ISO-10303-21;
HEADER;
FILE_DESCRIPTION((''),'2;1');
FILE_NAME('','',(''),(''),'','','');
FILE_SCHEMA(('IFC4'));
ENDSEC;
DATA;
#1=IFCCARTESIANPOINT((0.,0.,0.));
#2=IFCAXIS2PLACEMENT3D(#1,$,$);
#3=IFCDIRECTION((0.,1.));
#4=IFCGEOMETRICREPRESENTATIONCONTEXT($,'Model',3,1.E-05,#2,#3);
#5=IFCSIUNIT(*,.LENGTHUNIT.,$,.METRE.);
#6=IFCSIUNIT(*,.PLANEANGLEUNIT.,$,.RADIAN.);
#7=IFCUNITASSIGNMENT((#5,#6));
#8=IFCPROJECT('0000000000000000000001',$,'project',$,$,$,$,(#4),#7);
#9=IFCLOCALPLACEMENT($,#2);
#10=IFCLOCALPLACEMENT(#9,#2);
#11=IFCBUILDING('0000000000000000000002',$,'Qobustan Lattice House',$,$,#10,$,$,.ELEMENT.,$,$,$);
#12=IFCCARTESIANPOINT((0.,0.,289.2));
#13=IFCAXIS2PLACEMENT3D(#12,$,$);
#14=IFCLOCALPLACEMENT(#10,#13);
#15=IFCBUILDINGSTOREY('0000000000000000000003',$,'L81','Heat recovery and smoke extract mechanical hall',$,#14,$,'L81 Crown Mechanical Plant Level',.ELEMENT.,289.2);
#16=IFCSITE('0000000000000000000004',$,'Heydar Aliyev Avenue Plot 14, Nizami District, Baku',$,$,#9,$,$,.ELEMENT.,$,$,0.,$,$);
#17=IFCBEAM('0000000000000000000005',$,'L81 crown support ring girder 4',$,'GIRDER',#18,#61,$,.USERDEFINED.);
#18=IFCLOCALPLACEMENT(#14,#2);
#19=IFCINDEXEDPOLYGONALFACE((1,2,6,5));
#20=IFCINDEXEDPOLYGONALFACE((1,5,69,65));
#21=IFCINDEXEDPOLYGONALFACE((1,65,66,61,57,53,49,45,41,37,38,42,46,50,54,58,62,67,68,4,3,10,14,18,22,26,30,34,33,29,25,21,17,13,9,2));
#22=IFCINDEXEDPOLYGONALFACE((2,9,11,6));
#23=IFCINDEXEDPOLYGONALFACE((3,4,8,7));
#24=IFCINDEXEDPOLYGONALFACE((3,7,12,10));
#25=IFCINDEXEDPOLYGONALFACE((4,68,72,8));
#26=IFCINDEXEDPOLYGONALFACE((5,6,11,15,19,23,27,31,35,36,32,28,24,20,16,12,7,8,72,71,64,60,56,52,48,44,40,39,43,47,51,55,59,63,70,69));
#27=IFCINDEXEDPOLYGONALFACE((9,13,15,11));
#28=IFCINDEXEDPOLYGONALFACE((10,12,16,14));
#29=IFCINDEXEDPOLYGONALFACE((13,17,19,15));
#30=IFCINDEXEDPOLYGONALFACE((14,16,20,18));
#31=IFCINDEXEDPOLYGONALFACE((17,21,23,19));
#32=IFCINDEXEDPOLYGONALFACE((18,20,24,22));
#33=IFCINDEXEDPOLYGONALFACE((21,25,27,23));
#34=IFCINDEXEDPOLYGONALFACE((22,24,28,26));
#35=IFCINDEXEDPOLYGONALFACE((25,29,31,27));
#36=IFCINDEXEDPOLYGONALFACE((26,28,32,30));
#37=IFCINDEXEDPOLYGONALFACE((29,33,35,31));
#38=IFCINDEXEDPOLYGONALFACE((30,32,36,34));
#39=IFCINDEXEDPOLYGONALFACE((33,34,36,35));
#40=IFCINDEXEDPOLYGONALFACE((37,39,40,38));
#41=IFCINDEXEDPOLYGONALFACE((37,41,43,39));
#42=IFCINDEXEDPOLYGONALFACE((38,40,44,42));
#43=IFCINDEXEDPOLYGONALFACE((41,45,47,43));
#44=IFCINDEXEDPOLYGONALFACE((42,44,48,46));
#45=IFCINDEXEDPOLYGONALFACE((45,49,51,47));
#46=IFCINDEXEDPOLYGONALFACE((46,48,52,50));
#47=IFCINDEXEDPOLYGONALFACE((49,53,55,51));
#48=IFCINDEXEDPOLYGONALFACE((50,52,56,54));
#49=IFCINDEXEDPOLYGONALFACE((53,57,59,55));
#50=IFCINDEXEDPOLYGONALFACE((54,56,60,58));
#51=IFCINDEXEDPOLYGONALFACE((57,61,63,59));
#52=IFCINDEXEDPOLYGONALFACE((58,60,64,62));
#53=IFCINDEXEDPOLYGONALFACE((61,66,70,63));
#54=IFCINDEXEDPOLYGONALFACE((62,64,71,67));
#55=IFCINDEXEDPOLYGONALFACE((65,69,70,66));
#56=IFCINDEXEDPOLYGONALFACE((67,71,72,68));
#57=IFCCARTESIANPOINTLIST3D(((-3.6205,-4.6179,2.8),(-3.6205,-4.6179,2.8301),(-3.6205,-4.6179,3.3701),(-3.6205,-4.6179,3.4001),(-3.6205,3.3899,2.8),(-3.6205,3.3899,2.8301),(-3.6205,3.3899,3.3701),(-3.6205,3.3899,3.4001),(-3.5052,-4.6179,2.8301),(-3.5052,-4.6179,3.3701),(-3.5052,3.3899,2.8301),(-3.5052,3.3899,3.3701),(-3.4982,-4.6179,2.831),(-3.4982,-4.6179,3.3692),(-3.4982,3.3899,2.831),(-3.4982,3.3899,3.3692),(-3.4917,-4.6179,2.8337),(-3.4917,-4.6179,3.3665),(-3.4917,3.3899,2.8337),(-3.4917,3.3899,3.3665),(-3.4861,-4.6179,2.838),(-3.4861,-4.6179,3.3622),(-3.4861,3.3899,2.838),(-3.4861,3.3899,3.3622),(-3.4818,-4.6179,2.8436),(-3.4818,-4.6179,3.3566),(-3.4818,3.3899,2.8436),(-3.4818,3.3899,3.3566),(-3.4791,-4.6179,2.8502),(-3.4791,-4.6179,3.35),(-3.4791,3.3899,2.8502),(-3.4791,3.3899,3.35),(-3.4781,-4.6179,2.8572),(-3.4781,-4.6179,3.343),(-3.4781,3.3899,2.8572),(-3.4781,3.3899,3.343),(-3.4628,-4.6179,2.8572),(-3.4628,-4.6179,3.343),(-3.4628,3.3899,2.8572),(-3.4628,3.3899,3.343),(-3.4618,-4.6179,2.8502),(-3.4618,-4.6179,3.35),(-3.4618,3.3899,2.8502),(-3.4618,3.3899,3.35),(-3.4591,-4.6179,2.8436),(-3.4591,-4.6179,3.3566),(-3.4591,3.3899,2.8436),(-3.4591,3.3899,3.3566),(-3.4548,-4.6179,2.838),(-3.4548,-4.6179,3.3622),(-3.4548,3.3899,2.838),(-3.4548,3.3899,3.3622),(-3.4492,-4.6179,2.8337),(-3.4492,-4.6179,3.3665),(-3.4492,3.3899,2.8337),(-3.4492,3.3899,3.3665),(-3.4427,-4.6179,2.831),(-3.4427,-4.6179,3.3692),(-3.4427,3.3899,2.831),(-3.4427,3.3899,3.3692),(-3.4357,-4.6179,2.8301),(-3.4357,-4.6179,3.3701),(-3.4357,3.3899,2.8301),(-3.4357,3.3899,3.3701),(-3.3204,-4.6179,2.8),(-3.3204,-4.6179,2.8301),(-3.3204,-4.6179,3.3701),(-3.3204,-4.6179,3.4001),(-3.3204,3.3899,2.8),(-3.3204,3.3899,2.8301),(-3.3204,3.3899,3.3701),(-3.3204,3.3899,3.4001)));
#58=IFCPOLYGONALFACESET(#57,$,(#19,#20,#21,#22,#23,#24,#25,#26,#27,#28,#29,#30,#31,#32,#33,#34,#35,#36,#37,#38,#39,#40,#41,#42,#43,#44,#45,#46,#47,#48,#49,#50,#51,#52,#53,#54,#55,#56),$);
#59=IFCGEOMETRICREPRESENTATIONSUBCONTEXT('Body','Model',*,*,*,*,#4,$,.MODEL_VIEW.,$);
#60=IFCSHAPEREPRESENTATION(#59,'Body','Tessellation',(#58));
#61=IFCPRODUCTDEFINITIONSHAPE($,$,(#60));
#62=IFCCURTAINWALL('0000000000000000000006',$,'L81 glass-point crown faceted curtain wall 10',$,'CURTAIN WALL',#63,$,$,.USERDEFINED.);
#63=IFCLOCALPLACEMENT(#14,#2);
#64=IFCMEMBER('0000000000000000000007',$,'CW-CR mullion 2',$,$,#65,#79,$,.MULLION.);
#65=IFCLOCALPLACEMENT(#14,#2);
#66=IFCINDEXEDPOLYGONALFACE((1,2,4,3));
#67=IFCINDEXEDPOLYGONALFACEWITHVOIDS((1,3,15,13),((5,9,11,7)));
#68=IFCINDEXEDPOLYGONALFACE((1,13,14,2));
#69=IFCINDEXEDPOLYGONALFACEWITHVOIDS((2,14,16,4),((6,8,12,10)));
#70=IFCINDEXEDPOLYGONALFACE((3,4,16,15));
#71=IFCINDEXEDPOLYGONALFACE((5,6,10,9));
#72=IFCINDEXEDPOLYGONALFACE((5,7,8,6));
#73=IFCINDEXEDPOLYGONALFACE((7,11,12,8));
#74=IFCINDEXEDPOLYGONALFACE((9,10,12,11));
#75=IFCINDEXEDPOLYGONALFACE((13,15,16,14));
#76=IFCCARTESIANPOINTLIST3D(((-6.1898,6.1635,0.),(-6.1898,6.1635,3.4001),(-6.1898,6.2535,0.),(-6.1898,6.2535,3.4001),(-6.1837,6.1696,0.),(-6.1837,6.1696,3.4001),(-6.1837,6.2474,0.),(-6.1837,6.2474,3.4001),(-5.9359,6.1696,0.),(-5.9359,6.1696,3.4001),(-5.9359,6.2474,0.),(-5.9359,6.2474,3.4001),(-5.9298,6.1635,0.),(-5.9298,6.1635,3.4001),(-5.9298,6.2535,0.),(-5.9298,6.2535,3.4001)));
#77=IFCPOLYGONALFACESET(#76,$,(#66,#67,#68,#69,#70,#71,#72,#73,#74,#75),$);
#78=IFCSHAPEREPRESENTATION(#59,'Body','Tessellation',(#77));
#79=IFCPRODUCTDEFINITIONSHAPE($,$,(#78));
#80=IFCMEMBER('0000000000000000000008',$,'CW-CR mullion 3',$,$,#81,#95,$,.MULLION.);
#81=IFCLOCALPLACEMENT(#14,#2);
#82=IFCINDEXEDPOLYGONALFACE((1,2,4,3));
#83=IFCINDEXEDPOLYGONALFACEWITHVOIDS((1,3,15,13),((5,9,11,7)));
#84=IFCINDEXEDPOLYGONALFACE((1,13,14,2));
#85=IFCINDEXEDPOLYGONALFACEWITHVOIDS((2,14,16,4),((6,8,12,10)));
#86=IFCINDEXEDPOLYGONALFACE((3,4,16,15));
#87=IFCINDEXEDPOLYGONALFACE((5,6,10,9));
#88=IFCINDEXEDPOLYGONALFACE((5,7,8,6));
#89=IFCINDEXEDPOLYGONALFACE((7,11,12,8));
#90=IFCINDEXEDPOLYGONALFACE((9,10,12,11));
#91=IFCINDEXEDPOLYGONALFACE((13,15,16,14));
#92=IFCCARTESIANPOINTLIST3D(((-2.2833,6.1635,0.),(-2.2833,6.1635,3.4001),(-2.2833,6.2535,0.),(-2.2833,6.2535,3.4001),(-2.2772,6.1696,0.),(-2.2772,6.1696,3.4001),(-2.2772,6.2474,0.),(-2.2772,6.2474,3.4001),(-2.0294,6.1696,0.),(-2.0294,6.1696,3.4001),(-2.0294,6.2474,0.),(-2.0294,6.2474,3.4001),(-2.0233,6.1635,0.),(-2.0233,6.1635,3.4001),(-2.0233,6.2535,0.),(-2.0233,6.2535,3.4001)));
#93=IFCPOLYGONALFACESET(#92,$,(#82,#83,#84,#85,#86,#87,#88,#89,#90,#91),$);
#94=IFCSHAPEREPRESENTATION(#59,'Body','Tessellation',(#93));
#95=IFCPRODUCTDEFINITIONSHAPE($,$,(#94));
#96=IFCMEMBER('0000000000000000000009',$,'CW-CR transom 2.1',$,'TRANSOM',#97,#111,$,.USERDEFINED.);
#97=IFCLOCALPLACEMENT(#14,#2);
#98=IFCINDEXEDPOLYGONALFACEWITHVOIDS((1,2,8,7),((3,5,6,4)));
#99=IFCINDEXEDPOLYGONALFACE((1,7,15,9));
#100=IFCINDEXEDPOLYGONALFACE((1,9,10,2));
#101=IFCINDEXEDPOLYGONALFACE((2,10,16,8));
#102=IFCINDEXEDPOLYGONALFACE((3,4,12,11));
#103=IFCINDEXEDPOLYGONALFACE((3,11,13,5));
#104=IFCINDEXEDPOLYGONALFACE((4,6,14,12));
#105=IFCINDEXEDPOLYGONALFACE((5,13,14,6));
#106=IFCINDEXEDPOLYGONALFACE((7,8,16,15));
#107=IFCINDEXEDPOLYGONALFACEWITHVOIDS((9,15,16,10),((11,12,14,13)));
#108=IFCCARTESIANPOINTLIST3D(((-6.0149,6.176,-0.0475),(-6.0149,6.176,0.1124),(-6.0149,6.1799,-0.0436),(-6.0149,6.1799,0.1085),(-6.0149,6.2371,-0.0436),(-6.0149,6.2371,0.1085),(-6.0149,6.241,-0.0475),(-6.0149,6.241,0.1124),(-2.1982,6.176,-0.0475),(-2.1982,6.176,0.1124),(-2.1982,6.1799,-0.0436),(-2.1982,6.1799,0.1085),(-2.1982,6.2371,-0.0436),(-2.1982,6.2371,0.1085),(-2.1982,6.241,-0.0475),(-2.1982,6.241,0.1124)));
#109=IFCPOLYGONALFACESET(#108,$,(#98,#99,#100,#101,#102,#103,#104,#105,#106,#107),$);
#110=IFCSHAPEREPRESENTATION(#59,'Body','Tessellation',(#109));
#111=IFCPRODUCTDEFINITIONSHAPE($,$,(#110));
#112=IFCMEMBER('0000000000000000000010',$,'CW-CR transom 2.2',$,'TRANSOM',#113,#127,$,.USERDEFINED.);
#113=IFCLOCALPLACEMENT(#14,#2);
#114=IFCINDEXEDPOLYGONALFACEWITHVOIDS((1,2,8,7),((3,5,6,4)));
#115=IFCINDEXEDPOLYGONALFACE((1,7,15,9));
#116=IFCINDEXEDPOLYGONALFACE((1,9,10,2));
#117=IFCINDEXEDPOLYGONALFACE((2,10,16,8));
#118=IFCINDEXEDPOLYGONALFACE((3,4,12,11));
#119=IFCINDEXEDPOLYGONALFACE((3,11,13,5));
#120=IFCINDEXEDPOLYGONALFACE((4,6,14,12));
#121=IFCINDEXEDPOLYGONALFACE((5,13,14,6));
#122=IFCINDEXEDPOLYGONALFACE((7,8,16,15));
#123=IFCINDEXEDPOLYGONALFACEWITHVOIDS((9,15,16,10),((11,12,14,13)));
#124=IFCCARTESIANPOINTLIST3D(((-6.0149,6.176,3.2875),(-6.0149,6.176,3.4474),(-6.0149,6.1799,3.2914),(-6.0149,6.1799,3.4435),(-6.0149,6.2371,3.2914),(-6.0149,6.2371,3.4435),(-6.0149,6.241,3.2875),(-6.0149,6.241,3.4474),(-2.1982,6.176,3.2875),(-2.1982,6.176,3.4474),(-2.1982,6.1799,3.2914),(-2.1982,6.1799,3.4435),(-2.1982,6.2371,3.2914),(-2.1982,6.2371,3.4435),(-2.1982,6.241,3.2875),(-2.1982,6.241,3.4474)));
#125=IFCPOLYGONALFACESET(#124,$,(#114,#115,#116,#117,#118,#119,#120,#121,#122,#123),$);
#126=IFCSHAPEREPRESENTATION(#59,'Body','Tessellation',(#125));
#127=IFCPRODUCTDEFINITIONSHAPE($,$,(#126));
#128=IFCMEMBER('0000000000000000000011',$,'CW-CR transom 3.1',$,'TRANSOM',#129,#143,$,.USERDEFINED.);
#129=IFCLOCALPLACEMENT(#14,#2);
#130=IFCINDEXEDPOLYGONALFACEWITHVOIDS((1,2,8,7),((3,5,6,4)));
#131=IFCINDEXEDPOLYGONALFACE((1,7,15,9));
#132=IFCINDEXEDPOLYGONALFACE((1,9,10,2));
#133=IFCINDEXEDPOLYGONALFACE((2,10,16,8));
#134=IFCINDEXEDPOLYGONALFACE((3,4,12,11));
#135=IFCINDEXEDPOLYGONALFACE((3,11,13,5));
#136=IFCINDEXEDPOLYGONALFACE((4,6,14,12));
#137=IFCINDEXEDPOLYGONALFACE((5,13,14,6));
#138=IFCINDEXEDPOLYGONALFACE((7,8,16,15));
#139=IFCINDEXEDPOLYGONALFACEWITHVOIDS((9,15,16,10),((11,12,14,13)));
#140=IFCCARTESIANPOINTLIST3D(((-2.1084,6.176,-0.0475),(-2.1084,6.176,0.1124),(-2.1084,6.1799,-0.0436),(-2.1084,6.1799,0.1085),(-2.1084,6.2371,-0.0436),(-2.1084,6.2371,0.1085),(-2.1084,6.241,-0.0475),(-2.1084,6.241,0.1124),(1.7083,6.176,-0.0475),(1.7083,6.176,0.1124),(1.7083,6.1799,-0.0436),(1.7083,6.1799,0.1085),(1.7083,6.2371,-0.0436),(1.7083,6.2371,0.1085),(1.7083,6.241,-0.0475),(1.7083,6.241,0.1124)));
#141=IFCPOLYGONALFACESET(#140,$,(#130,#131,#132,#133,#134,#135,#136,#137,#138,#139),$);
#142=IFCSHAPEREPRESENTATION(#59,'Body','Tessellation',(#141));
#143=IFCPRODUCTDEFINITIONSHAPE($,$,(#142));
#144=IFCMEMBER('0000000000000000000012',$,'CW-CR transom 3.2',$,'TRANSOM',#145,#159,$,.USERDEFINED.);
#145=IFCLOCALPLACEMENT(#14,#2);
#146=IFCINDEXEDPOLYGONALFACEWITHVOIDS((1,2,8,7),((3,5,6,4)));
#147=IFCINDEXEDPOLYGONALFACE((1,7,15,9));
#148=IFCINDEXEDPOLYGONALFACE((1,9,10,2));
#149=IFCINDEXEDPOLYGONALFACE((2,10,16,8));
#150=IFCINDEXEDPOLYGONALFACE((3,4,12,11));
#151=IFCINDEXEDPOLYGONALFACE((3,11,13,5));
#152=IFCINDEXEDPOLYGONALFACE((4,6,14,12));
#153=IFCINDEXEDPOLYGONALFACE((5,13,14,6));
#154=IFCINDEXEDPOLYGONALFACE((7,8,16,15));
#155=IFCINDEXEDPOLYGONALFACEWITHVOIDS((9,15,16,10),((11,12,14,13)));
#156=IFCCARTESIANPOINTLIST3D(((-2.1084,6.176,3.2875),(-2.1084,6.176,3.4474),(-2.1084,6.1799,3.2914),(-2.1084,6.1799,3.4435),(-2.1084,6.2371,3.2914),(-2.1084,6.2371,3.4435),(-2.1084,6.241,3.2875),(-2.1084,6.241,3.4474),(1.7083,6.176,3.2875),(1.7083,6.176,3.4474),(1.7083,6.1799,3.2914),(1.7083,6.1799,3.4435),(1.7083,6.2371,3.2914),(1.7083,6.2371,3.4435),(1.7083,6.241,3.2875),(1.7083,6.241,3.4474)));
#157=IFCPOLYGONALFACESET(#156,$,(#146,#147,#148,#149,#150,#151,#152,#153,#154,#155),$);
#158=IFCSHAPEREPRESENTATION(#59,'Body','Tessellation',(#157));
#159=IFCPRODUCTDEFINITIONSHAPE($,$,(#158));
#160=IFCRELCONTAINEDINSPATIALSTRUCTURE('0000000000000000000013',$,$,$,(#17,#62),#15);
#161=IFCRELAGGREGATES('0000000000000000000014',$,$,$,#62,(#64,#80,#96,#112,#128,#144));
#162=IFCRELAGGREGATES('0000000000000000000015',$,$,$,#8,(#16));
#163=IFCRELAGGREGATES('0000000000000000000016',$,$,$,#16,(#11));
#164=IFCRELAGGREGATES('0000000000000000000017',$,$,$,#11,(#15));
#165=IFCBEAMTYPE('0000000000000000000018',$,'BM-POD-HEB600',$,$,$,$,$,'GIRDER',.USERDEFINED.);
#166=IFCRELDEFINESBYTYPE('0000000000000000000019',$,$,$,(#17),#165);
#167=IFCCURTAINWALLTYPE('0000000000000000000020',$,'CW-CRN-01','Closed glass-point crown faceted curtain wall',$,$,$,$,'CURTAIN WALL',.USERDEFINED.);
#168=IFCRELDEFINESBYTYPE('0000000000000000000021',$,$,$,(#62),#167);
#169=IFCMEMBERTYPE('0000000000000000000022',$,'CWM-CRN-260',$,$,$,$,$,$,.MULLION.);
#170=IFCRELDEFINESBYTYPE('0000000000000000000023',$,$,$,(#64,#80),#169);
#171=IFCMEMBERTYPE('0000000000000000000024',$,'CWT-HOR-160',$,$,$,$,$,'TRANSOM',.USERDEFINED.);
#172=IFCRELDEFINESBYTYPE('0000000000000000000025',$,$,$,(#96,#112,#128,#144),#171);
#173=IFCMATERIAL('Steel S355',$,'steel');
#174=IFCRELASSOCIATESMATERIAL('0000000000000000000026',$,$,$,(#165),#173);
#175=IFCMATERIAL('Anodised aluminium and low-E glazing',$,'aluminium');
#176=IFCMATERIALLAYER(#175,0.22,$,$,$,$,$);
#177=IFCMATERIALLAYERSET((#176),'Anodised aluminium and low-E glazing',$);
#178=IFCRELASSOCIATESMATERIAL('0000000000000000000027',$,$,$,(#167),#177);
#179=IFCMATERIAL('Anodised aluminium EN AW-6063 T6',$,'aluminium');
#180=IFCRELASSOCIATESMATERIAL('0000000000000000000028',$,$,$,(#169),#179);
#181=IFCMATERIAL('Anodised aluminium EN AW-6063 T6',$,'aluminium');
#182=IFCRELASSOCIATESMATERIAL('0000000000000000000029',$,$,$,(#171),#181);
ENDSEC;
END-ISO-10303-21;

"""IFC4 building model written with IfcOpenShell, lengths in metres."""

from ifc_helpers import new_model, si_unit, direction, frame, origin, origin_2d, place, context, subcontext, project, spatial, hollow_rectangle, i_section, extrude, material, layer, layer_set, material_profile, profile_set, type_object, element, aggregate, save


model = new_model("IFC4")

# Units and contexts
model_context = context("Model", 3, precision=1e-05, world=origin(), true_north=direction((0.0, 1.0)))
body_context = subcontext(model_context, "Body", "Model", "MODEL_VIEW")
ifc_project = project(units=[si_unit("LENGTHUNIT", "METRE"), si_unit("PLANEANGLEUNIT", "RADIAN")], contexts=[model_context])

# Site, building, storey
site_placement = place(None, origin())
site = spatial("IfcSite", under=ifc_project, at=site_placement, Name="Heydar Aliyev Avenue Plot 14, Nizami District, Baku", CompositionType="ELEMENT", RefElevation=0.0)
building_placement = place(site_placement, origin())
building = spatial("IfcBuilding", under=site, at=building_placement, Name="Qobustan Lattice House", CompositionType="ELEMENT")
storey_placement = place(building_placement, frame((0.0, 0.0, 289.2)))
storey = spatial("IfcBuildingStorey", under=building, at=storey_placement, Name="L81", Description="Heat recovery and smoke extract mechanical hall", LongName="L81 Crown Mechanical Plant Level", CompositionType="ELEMENT", Elevation=289.2)

# Beam
ifc_material_1 = material(Name="Steel S355", Category="steel")
ifc_material_profile_1 = material_profile(ifc_material_1, i_section(OverallWidth=0.3, OverallDepth=0.6001, WebThickness=0.0154, FlangeThickness=0.03, FilletRadius=0.0271, at=origin_2d()), Name="HEB600")
ifc_profile_set_1 = profile_set([ifc_material_profile_1], Name="Steel S355")
beam_type = type_object("IfcBeamType", Name="BM-POD-HEB600", ElementType="GIRDER", PredefinedType="USERDEFINED", material=ifc_profile_set_1)
beam_placement = place(storey_placement, frame((-3.4705, 3.3899, 3.1001), z_axis=(0.0, -1.0, 0.0), x_axis=(1.0, 0.0, 0.0)))
element("IfcBeam", 1, at=beam_placement, inside=storey, type_object=beam_type, Name="L81 crown support ring girder 4", ObjectType="GIRDER", PredefinedType="USERDEFINED", context=body_context, shape_type="SweptSolid", body=[
    extrude(i_section(OverallWidth=0.3, OverallDepth=0.6001, WebThickness=0.0154, FlangeThickness=0.03, FilletRadius=0.0271, at=origin_2d()), origin(), (0.0, 0.0, 1.0), 8.0078),
])

# Curtain wall, members
ifc_material_2 = material(Name="Anodised aluminium and low-E glazing", Category="aluminium")
ifc_layer_1 = layer(ifc_material_2, 0.22)
ifc_layer_set_1 = layer_set([ifc_layer_1], Name="Anodised aluminium and low-E glazing")
curtain_wall_type = type_object("IfcCurtainWallType", Name="CW-CRN-01", Description="Closed glass-point crown faceted curtain wall", ElementType="CURTAIN WALL", PredefinedType="USERDEFINED", material=ifc_layer_set_1)
curtain_wall_placement = place(storey_placement, origin())
curtain_wall = element("IfcCurtainWall", 2, at=curtain_wall_placement, inside=storey, type_object=curtain_wall_type, Name="L81 glass-point crown faceted curtain wall 10", ObjectType="CURTAIN WALL", PredefinedType="USERDEFINED")
ifc_material_3 = material(Name="Anodised aluminium EN AW-6063 T6", Category="aluminium")
ifc_material_profile_2 = material_profile(ifc_material_3, hollow_rectangle(XDim=0.0901, YDim=0.26, WallThickness=0.0061, at=origin_2d()), Name="CWM-CROWN-260x90")
ifc_profile_set_2 = profile_set([ifc_material_profile_2], Name="Anodised aluminium EN AW-6063 T6")
member_type_1 = type_object("IfcMemberType", Name="CWM-CRN-260", PredefinedType="MULLION", material=ifc_profile_set_2)
member_1_placement = place(storey_placement, frame((-6.0598, 6.2085, 0.0), z_axis=(0.0, 0.0, 1.0), x_axis=(0.0, 1.0, 0.0)))
member_1 = element("IfcMember", 3, at=member_1_placement, type_object=member_type_1, Name="CW-CR mullion 2", PredefinedType="MULLION", context=body_context, shape_type="SweptSolid", body=[
    extrude(hollow_rectangle(XDim=0.0901, YDim=0.26, WallThickness=0.0061, at=origin_2d()), origin(), (0.0, 0.0, 1.0), 3.4001),
])
member_2_placement = place(storey_placement, frame((-2.1533, 6.2085, 0.0), z_axis=(0.0, 0.0, 1.0), x_axis=(0.0, 1.0, 0.0)))
member_2 = element("IfcMember", 4, at=member_2_placement, type_object=member_type_1, Name="CW-CR mullion 3", PredefinedType="MULLION", context=body_context, shape_type="SweptSolid", body=[
    extrude(hollow_rectangle(XDim=0.0901, YDim=0.26, WallThickness=0.0061, at=origin_2d()), origin(), (0.0, 0.0, 1.0), 3.4001),
])
ifc_material_4 = material(Name="Anodised aluminium EN AW-6063 T6", Category="aluminium")
ifc_material_profile_3 = material_profile(ifc_material_4, hollow_rectangle(XDim=0.0649, YDim=0.1599, WallThickness=0.0039, at=origin_2d()), Name="CWT-160x65")
ifc_profile_set_3 = profile_set([ifc_material_profile_3], Name="Anodised aluminium EN AW-6063 T6")
member_type_2 = type_object("IfcMemberType", Name="CWT-HOR-160", ElementType="TRANSOM", PredefinedType="USERDEFINED", material=ifc_profile_set_3)
member_3_placement = place(storey_placement, frame((-6.0149, 6.2085, 0.0325), z_axis=(1.0, 0.0, 0.0), x_axis=(0.0, 1.0, 0.0)))
member_3 = element("IfcMember", 5, at=member_3_placement, type_object=member_type_2, Name="CW-CR transom 2.1", ObjectType="TRANSOM", PredefinedType="USERDEFINED", context=body_context, shape_type="SweptSolid", body=[
    extrude(hollow_rectangle(XDim=0.0649, YDim=0.1599, WallThickness=0.0039, at=origin_2d()), origin(), (0.0, 0.0, 1.0), 3.8167),
])
member_4_placement = place(storey_placement, frame((-6.0149, 6.2085, 3.3674), z_axis=(1.0, 0.0, 0.0), x_axis=(0.0, 1.0, 0.0)))
member_4 = element("IfcMember", 6, at=member_4_placement, type_object=member_type_2, Name="CW-CR transom 2.2", ObjectType="TRANSOM", PredefinedType="USERDEFINED", context=body_context, shape_type="SweptSolid", body=[
    extrude(hollow_rectangle(XDim=0.0649, YDim=0.1599, WallThickness=0.0039, at=origin_2d()), origin(), (0.0, 0.0, 1.0), 3.8167),
])
member_5_placement = place(storey_placement, frame((-2.1084, 6.2085, 0.0325), z_axis=(1.0, 0.0, 0.0), x_axis=(0.0, 1.0, 0.0)))
member_5 = element("IfcMember", 7, at=member_5_placement, type_object=member_type_2, Name="CW-CR transom 3.1", ObjectType="TRANSOM", PredefinedType="USERDEFINED", context=body_context, shape_type="SweptSolid", body=[
    extrude(hollow_rectangle(XDim=0.0649, YDim=0.1599, WallThickness=0.0039, at=origin_2d()), origin(), (0.0, 0.0, 1.0), 3.8167),
])
member_6_placement = place(storey_placement, frame((-2.1084, 6.2085, 3.3674), z_axis=(1.0, 0.0, 0.0), x_axis=(0.0, 1.0, 0.0)))
member_6 = element("IfcMember", 8, at=member_6_placement, type_object=member_type_2, Name="CW-CR transom 3.2", ObjectType="TRANSOM", PredefinedType="USERDEFINED", context=body_context, shape_type="SweptSolid", body=[
    extrude(hollow_rectangle(XDim=0.0649, YDim=0.1599, WallThickness=0.0039, at=origin_2d()), origin(), (0.0, 0.0, 1.0), 3.8167),
])

aggregate(curtain_wall, [member_1, member_2, member_3, member_4, member_5, member_6])

save(model, "model.ifc")
